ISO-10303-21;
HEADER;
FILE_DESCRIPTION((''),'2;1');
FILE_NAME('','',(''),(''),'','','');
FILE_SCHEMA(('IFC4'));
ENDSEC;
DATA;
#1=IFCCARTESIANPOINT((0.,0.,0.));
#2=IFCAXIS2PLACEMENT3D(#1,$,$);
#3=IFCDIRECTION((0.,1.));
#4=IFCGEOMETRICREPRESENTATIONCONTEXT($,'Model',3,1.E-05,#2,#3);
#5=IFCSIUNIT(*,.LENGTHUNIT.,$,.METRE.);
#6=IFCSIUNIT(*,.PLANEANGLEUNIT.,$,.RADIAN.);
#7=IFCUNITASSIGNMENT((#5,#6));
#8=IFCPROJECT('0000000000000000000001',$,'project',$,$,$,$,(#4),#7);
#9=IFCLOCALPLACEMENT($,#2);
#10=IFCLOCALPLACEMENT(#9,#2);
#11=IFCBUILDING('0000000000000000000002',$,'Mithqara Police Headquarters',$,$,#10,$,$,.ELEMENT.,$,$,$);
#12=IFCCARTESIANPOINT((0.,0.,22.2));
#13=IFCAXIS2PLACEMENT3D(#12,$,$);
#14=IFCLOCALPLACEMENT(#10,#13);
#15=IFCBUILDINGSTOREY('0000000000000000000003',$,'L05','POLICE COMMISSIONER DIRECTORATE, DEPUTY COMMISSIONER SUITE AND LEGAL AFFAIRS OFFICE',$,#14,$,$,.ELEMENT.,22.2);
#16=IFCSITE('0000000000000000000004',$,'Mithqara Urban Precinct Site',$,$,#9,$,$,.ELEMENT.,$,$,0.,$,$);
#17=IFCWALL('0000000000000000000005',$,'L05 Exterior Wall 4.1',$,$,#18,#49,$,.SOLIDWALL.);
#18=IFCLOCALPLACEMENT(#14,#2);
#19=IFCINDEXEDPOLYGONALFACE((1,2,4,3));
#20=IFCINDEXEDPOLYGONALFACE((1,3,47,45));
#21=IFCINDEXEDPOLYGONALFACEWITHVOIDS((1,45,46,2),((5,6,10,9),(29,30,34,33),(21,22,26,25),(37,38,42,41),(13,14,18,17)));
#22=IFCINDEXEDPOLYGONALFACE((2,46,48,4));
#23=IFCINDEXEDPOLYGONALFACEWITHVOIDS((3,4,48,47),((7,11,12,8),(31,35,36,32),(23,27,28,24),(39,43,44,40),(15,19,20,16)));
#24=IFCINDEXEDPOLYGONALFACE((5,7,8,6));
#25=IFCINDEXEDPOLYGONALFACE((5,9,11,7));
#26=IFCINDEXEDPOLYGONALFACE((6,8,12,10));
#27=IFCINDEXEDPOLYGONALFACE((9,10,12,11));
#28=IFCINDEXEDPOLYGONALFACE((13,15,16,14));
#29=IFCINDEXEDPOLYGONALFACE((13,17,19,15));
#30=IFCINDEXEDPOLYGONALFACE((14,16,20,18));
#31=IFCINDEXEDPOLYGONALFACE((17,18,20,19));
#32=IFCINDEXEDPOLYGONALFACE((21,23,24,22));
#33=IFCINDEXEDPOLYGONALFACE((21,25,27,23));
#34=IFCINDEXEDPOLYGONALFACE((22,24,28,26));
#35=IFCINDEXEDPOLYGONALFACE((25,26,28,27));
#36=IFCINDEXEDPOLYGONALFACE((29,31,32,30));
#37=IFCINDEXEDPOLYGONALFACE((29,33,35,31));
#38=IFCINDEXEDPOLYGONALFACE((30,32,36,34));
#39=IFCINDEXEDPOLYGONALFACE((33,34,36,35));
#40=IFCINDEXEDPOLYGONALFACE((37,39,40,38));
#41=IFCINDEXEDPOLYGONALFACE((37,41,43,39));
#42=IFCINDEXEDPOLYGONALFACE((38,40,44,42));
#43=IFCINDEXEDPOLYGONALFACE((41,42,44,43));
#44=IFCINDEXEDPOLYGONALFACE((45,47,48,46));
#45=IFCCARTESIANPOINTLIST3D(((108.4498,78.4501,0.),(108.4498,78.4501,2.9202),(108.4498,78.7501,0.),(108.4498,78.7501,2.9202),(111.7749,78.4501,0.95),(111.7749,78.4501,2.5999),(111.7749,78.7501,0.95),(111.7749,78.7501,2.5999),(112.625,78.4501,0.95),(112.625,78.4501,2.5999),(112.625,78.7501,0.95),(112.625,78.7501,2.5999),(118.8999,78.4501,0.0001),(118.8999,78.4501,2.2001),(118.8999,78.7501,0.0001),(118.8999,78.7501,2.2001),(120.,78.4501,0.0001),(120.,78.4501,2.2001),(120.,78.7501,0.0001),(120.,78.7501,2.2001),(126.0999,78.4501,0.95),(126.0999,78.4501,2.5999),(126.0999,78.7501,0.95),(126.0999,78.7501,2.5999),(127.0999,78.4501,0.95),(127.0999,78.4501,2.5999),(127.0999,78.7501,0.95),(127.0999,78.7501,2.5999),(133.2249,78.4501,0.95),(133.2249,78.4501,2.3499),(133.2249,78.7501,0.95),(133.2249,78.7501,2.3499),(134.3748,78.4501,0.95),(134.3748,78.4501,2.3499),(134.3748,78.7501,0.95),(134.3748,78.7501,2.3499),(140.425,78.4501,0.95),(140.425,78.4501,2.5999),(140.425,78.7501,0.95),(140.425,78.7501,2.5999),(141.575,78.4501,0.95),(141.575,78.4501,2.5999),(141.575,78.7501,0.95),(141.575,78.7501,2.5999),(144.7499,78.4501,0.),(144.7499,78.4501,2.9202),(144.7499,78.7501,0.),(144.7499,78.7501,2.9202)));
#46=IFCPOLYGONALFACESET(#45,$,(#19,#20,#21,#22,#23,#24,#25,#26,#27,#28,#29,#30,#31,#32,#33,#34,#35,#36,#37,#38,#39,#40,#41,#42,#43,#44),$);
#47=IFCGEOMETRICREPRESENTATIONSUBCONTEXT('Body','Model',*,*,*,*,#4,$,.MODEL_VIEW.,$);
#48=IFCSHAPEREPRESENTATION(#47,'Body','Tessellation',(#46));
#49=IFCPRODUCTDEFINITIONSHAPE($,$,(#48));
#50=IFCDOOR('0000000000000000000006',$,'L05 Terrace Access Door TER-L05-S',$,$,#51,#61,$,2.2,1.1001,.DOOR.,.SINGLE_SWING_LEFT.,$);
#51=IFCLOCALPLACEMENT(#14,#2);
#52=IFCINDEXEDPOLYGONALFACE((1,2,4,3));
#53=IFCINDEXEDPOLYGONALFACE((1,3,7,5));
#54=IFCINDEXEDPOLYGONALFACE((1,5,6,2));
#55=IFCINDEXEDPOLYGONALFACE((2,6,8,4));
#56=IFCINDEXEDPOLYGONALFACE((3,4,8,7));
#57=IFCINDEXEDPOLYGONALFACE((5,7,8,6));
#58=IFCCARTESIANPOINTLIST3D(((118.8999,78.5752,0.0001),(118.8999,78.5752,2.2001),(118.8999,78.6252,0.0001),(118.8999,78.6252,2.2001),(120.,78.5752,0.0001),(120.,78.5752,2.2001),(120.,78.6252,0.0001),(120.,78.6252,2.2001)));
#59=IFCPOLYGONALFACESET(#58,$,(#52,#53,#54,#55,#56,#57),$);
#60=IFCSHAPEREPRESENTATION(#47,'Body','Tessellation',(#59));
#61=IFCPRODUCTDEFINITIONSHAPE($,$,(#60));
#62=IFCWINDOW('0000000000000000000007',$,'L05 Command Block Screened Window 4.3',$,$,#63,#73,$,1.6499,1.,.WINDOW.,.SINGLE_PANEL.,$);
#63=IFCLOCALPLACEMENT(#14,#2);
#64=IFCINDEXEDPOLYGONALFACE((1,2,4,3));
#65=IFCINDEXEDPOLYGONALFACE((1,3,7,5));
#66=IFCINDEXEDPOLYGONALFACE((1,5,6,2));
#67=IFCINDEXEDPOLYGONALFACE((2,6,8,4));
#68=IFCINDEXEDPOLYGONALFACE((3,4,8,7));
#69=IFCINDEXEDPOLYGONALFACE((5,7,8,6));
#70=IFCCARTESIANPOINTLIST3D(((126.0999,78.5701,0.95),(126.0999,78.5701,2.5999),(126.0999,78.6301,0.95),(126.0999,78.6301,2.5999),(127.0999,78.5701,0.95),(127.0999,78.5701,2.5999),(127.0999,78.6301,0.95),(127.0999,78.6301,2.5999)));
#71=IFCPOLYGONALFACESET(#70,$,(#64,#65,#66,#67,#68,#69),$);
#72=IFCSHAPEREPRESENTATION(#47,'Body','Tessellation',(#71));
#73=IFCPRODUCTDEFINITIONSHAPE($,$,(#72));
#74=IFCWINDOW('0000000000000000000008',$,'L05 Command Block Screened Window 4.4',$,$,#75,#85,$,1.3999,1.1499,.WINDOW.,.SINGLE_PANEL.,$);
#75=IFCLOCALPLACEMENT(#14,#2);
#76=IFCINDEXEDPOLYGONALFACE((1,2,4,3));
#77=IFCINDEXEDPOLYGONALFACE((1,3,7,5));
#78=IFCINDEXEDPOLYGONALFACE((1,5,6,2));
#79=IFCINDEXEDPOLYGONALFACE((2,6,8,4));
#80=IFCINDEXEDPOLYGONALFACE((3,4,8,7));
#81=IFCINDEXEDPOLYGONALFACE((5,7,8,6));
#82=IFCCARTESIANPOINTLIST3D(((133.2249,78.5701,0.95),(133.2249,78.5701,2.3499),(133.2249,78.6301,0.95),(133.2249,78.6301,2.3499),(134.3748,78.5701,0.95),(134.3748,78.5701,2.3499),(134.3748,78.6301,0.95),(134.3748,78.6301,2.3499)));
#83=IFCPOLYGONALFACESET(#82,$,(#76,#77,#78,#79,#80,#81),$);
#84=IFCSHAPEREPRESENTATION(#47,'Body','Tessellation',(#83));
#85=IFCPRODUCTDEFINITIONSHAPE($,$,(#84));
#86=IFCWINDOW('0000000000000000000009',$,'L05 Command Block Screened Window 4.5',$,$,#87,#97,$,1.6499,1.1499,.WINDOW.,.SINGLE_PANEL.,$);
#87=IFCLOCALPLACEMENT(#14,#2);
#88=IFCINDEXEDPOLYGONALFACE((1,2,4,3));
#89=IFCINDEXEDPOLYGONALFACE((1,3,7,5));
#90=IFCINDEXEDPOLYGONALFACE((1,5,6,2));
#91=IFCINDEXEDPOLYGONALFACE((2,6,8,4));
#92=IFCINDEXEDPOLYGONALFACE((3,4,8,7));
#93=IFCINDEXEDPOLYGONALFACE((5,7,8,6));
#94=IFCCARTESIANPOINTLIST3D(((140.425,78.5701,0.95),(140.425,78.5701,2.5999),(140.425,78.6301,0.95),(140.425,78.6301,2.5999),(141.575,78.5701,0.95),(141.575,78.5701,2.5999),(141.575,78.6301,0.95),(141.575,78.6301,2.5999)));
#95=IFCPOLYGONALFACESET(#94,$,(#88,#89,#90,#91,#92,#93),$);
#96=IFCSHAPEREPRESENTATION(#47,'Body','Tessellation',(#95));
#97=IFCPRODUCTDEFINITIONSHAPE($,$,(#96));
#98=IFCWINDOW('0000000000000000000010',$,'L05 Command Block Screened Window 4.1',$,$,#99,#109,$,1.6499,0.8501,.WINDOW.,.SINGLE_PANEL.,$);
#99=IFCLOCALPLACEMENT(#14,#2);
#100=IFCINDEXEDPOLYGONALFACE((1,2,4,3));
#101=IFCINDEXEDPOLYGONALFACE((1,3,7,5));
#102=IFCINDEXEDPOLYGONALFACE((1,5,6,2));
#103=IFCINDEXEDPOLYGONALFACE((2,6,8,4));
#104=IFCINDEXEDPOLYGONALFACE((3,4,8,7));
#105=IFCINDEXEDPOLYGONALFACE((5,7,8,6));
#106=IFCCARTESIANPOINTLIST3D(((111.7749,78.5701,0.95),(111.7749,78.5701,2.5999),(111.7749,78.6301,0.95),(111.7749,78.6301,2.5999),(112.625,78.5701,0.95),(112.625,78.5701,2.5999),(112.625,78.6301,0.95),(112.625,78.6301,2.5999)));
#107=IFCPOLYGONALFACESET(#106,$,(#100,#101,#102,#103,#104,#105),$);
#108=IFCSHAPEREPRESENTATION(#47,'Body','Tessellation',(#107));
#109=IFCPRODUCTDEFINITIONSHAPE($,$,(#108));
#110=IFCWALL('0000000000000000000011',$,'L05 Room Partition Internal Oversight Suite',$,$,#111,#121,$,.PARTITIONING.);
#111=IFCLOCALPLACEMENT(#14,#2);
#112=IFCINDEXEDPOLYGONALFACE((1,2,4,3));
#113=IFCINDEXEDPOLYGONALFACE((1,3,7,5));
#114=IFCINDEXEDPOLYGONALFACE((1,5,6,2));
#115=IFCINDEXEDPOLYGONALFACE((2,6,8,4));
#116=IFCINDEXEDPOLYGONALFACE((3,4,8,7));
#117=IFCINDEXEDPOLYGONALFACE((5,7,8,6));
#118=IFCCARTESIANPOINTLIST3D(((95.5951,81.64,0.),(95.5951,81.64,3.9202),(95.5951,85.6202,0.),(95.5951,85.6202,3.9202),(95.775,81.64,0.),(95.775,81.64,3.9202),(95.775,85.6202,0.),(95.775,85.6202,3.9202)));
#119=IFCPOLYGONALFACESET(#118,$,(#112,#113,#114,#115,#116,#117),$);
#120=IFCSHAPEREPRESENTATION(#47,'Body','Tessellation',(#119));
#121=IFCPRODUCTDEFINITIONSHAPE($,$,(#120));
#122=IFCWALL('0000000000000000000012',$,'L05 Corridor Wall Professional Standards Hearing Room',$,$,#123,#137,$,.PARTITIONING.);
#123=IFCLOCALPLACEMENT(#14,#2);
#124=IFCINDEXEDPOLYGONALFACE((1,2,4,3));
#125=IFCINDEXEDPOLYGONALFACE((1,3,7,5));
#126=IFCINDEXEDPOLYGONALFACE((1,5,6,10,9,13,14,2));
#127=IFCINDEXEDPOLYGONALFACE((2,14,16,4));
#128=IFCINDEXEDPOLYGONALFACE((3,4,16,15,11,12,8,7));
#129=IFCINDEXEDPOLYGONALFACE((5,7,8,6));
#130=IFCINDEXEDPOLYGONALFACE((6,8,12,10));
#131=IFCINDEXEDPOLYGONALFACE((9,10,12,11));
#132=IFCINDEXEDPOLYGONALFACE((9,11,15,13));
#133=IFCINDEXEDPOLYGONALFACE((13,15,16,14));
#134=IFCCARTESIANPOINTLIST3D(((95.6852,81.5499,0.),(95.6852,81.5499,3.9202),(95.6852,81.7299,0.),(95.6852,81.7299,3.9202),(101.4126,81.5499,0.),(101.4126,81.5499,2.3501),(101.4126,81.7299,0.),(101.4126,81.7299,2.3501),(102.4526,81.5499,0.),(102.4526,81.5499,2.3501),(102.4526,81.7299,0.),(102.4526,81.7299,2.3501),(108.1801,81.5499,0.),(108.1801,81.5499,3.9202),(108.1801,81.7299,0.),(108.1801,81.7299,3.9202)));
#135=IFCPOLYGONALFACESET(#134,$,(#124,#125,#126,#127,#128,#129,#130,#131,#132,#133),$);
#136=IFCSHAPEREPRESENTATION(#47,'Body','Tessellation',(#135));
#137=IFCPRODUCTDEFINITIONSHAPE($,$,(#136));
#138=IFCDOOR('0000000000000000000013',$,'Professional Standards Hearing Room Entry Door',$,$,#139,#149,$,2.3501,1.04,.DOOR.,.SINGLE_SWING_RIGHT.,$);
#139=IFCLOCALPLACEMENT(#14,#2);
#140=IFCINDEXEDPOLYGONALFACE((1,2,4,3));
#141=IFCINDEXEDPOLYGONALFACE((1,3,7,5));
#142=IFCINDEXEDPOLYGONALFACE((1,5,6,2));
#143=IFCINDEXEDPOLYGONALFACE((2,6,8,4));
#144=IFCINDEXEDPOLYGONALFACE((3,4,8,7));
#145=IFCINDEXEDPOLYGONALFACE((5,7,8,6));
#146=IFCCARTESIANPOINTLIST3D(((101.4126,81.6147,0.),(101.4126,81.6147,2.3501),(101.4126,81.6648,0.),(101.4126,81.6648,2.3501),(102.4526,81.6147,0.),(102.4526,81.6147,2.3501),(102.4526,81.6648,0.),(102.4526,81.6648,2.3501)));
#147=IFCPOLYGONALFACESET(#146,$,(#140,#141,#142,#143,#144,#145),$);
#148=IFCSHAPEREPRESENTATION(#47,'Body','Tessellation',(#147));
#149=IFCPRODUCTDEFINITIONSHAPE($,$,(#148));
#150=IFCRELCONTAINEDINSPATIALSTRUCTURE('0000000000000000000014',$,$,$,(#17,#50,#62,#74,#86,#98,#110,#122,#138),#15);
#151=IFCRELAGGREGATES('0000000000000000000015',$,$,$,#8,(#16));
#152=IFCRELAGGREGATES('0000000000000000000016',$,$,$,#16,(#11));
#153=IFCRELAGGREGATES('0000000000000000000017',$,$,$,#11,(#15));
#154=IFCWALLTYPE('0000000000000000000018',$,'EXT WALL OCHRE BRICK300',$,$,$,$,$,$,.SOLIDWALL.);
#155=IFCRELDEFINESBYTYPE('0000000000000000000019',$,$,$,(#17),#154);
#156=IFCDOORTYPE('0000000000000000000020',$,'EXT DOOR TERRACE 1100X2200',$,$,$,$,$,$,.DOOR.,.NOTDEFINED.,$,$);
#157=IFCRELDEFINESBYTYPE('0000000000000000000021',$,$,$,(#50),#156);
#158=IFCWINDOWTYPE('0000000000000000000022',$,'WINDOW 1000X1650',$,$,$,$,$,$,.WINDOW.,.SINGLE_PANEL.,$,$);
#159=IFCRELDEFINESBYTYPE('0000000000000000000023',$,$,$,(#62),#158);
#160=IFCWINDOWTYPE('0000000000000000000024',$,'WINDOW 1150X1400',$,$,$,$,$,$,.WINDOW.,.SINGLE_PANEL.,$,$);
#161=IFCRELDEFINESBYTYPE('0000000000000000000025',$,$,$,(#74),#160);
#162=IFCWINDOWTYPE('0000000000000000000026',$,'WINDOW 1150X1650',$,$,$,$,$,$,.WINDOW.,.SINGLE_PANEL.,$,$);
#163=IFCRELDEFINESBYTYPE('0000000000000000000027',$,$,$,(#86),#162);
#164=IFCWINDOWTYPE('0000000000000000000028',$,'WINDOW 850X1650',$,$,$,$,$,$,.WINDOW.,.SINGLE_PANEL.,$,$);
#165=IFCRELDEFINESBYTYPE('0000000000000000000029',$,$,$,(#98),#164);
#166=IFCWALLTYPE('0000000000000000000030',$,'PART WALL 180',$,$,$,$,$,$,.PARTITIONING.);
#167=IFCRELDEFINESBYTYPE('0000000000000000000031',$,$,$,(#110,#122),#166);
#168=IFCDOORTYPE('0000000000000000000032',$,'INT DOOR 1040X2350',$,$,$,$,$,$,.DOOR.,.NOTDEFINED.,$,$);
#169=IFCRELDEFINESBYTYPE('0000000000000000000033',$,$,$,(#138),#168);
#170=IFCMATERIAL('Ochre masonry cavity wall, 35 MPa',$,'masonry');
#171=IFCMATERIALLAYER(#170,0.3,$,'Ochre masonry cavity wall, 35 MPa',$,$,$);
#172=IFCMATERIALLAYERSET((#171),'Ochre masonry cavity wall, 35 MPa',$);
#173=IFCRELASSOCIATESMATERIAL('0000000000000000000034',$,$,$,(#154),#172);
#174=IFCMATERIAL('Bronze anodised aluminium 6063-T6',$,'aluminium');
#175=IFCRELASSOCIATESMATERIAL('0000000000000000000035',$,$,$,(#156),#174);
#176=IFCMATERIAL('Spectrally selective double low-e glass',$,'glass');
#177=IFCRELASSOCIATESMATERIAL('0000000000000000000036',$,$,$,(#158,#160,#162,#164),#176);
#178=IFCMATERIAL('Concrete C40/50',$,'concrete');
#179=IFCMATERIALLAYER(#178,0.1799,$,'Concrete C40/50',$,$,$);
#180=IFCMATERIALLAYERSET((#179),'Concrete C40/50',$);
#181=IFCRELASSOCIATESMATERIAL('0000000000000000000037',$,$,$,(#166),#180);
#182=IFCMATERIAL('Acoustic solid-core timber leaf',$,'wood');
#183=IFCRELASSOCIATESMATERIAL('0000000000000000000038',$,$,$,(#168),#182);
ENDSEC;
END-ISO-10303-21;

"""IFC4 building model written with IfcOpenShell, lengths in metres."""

from ifc_helpers import new_model, si_unit, direction, frame, frame_2d, origin, place, context, subcontext, project, spatial, rectangle, extrude, material, layer, layer_set, type_object, element, fill, save


model = new_model("IFC4")

# Units and contexts
model_context = context("Model", 3, precision=1e-05, world=origin(), true_north=direction((0.0, 1.0)))
body_context = subcontext(model_context, "Body", "Model", "MODEL_VIEW")
ifc_project = project(units=[si_unit("LENGTHUNIT", "METRE"), si_unit("PLANEANGLEUNIT", "RADIAN")], contexts=[model_context])

# Site, building, storey
site_placement = place(None, origin())
site = spatial("IfcSite", under=ifc_project, at=site_placement, Name="Mithqara Urban Precinct Site", CompositionType="ELEMENT", RefElevation=0.0)
building_placement = place(site_placement, origin())
building = spatial("IfcBuilding", under=site, at=building_placement, Name="Mithqara Police Headquarters", CompositionType="ELEMENT")
storey_placement = place(building_placement, frame((0.0, 0.0, 22.2)))
storey = spatial("IfcBuildingStorey", under=building, at=storey_placement, Name="L05", Description="POLICE COMMISSIONER DIRECTORATE, DEPUTY COMMISSIONER SUITE AND LEGAL AFFAIRS OFFICE", CompositionType="ELEMENT", Elevation=22.2)

# Shared definitions
ifc_material_1 = material(Name="Concrete C40/50", Category="concrete")

# Wall, openings, door, windows
ifc_material_2 = material(Name="Ochre masonry cavity wall, 35 MPa", Category="masonry")
ifc_layer_1 = layer(ifc_material_2, 0.3, Name="Ochre masonry cavity wall, 35 MPa")
ifc_layer_set_1 = layer_set([ifc_layer_1], Name="Ochre masonry cavity wall, 35 MPa")
wall_type_1 = type_object("IfcWallType", Name="EXT WALL OCHRE BRICK300", PredefinedType="SOLIDWALL", material=ifc_layer_set_1)
wall_1_placement = place(storey_placement, frame((108.45, 78.6001, 0.0), z_axis=(0.0, 0.0, 1.0), x_axis=(1.0, 0.0, 0.0)))
wall_1 = element("IfcWall", 1, at=wall_1_placement, inside=storey, type_object=wall_type_1, Name="L05 Exterior Wall 4.1", PredefinedType="SOLIDWALL", context=body_context, shape_type="SweptSolid", body=[
    extrude(rectangle(XDim=36.3, YDim=0.3, at=frame_2d((18.1499, 0.0))), origin(), (0.0, 0.0, 1.0), 2.9202),
])
opening_1_placement = place(wall_1_placement, frame((10.45, 0.0, 0.0)))
opening_1 = element("IfcOpeningElement", 2, at=opening_1_placement, cuts=wall_1, PredefinedType="OPENING", context=body_context, shape_type="SweptSolid", body=[
    extrude(rectangle(XDim=1.1001, YDim=2.2, at=frame_2d((0.55, 1.1001))), frame((0.0, 0.1602, 0.0), z_axis=(0.0, -1.0, 0.0), x_axis=(1.0, 0.0, 0.0)), (0.0, 0.0, 1.0), 0.3201),
])
opening_2_placement = place(wall_1_placement, frame((3.325, 0.0, 0.95)))
opening_2 = element("IfcOpeningElement", 3, at=opening_2_placement, cuts=wall_1, PredefinedType="OPENING", context=body_context, shape_type="SweptSolid", body=[
    extrude(rectangle(XDim=0.8501, YDim=1.6499, at=frame_2d((0.425, 0.825))), frame((0.0, 0.1602, 0.0), z_axis=(0.0, -1.0, 0.0), x_axis=(1.0, 0.0, 0.0)), (0.0, 0.0, 1.0), 0.3201),
])
opening_3_placement = place(wall_1_placement, frame((17.6499, 0.0, 0.95)))
opening_3 = element("IfcOpeningElement", 4, at=opening_3_placement, cuts=wall_1, PredefinedType="OPENING", context=body_context, shape_type="SweptSolid", body=[
    extrude(rectangle(XDim=1.0, YDim=1.6499, at=frame_2d((0.5, 0.825))), frame((0.0, 0.1602, 0.0), z_axis=(0.0, -1.0, 0.0), x_axis=(1.0, 0.0, 0.0)), (0.0, 0.0, 1.0), 0.3201),
])
opening_4_placement = place(wall_1_placement, frame((24.7749, 0.0, 0.95)))
opening_4 = element("IfcOpeningElement", 5, at=opening_4_placement, cuts=wall_1, PredefinedType="OPENING", context=body_context, shape_type="SweptSolid", body=[
    extrude(rectangle(XDim=1.1499, YDim=1.3999, at=frame_2d((0.575, 0.7))), frame((0.0, 0.1602, 0.0), z_axis=(0.0, -1.0, 0.0), x_axis=(1.0, 0.0, 0.0)), (0.0, 0.0, 1.0), 0.3201),
])
opening_5_placement = place(wall_1_placement, frame((31.9751, 0.0, 0.95)))
opening_5 = element("IfcOpeningElement", 6, at=opening_5_placement, cuts=wall_1, PredefinedType="OPENING", context=body_context, shape_type="SweptSolid", body=[
    extrude(rectangle(XDim=1.1499, YDim=1.6499, at=frame_2d((0.575, 0.825))), frame((0.0, 0.1602, 0.0), z_axis=(0.0, -1.0, 0.0), x_axis=(1.0, 0.0, 0.0)), (0.0, 0.0, 1.0), 0.3201),
])
ifc_material_3 = material(Name="Bronze anodised aluminium 6063-T6", Category="aluminium")
door_type_1 = type_object("IfcDoorType", Name="EXT DOOR TERRACE 1100X2200", OperationType="NOTDEFINED", PredefinedType="DOOR", material=ifc_material_3)
door_1_placement = place(opening_1_placement, frame((1.1001, 0.0, 0.0), z_axis=(0.0, 0.0, 1.0), x_axis=(-1.0, 0.0, 0.0)))
door_1 = element("IfcDoor", 7, at=door_1_placement, inside=storey, type_object=door_type_1, Name="L05 Terrace Access Door TER-L05-S", OperationType="SINGLE_SWING_LEFT", OverallHeight=2.2, OverallWidth=1.1001, PredefinedType="DOOR", context=body_context, shape_type="SweptSolid", body=[
    extrude(rectangle(XDim=1.1001, YDim=2.2, at=frame_2d((0.55, 1.1001))), frame((0.0, 0.0249, 0.0), z_axis=(0.0, -1.0, 0.0), x_axis=(1.0, 0.0, 0.0)), (0.0, 0.0, 1.0), 0.05),
])
fill(opening_1, door_1)
ifc_material_4 = material(Name="Spectrally selective double low-e glass", Category="glass")
window_type_1 = type_object("IfcWindowType", Name="WINDOW 1000X1650", PartitioningType="SINGLE_PANEL", PredefinedType="WINDOW", material=ifc_material_4)
window_1_placement = place(opening_3_placement, origin())
window_1 = element("IfcWindow", 8, at=window_1_placement, inside=storey, type_object=window_type_1, Name="L05 Command Block Screened Window 4.3", OverallHeight=1.6499, OverallWidth=1.0, PartitioningType="SINGLE_PANEL", PredefinedType="WINDOW", context=body_context, shape_type="SweptSolid", body=[
    extrude(rectangle(XDim=1.0, YDim=1.6499, at=frame_2d((0.5, 0.825))), frame((0.0, 0.03, 0.0), z_axis=(0.0, -1.0, 0.0), x_axis=(1.0, 0.0, 0.0)), (0.0, 0.0, 1.0), 0.0601),
])
fill(opening_3, window_1)
window_type_2 = type_object("IfcWindowType", Name="WINDOW 1150X1400", PartitioningType="SINGLE_PANEL", PredefinedType="WINDOW", material=ifc_material_4)
window_2_placement = place(opening_4_placement, origin())
window_2 = element("IfcWindow", 9, at=window_2_placement, inside=storey, type_object=window_type_2, Name="L05 Command Block Screened Window 4.4", OverallHeight=1.3999, OverallWidth=1.1499, PartitioningType="SINGLE_PANEL", PredefinedType="WINDOW", context=body_context, shape_type="SweptSolid", body=[
    extrude(rectangle(XDim=1.1499, YDim=1.3999, at=frame_2d((0.575, 0.7))), frame((0.0, 0.03, 0.0), z_axis=(0.0, -1.0, 0.0), x_axis=(1.0, 0.0, 0.0)), (0.0, 0.0, 1.0), 0.0601),
])
fill(opening_4, window_2)
window_type_3 = type_object("IfcWindowType", Name="WINDOW 1150X1650", PartitioningType="SINGLE_PANEL", PredefinedType="WINDOW", material=ifc_material_4)
window_3_placement = place(opening_5_placement, origin())
window_3 = element("IfcWindow", 10, at=window_3_placement, inside=storey, type_object=window_type_3, Name="L05 Command Block Screened Window 4.5", OverallHeight=1.6499, OverallWidth=1.1499, PartitioningType="SINGLE_PANEL", PredefinedType="WINDOW", context=body_context, shape_type="SweptSolid", body=[
    extrude(rectangle(XDim=1.1499, YDim=1.6499, at=frame_2d((0.575, 0.825))), frame((0.0, 0.03, 0.0), z_axis=(0.0, -1.0, 0.0), x_axis=(1.0, 0.0, 0.0)), (0.0, 0.0, 1.0), 0.0601),
])
fill(opening_5, window_3)
window_type_4 = type_object("IfcWindowType", Name="WINDOW 850X1650", PartitioningType="SINGLE_PANEL", PredefinedType="WINDOW", material=ifc_material_4)
window_4_placement = place(opening_2_placement, origin())
window_4 = element("IfcWindow", 11, at=window_4_placement, inside=storey, type_object=window_type_4, Name="L05 Command Block Screened Window 4.1", OverallHeight=1.6499, OverallWidth=0.8501, PartitioningType="SINGLE_PANEL", PredefinedType="WINDOW", context=body_context, shape_type="SweptSolid", body=[
    extrude(rectangle(XDim=0.8501, YDim=1.6499, at=frame_2d((0.425, 0.825))), frame((0.0, 0.03, 0.0), z_axis=(0.0, -1.0, 0.0), x_axis=(1.0, 0.0, 0.0)), (0.0, 0.0, 1.0), 0.0601),
])
fill(opening_2, window_4)

# Wall
ifc_layer_2 = layer(ifc_material_1, 0.1799, Name="Concrete C40/50")
ifc_layer_set_2 = layer_set([ifc_layer_2], Name="Concrete C40/50")
wall_type_2 = type_object("IfcWallType", Name="PART WALL 180", PredefinedType="PARTITIONING", material=ifc_layer_set_2)
wall_2_placement = place(storey_placement, frame((95.6851, 81.6399, 0.0), z_axis=(0.0, 0.0, 1.0), x_axis=(0.0, 1.0, 0.0)))
element("IfcWall", 12, at=wall_2_placement, inside=storey, type_object=wall_type_2, Name="L05 Room Partition Internal Oversight Suite", PredefinedType="PARTITIONING", context=body_context, shape_type="SweptSolid", body=[
    extrude(rectangle(XDim=3.9802, YDim=0.1799, at=frame_2d((1.9902, 0.0))), origin(), (0.0, 0.0, 1.0), 3.9202),
])

# Wall, opening, door
wall_3_placement = place(storey_placement, frame((95.6851, 81.6399, 0.0), z_axis=(0.0, 0.0, 1.0), x_axis=(1.0, 0.0, 0.0)))
wall_3 = element("IfcWall", 13, at=wall_3_placement, inside=storey, type_object=wall_type_2, Name="L05 Corridor Wall Professional Standards Hearing Room", PredefinedType="PARTITIONING", context=body_context, shape_type="SweptSolid", body=[
    extrude(rectangle(XDim=12.4949, YDim=0.1799, at=frame_2d((6.2476, 0.0))), origin(), (0.0, 0.0, 1.0), 3.9202),
])
opening_6_placement = place(wall_3_placement, frame((5.7275, 0.0, 0.0)))
opening_6 = element("IfcOpeningElement", 14, at=opening_6_placement, cuts=wall_3, PredefinedType="OPENING", context=body_context, shape_type="SweptSolid", body=[
    extrude(rectangle(XDim=1.04, YDim=2.3501, at=frame_2d((0.52, 1.175))), frame((0.0, 0.1001, 0.0), z_axis=(0.0, -1.0, 0.0), x_axis=(1.0, 0.0, 0.0)), (0.0, 0.0, 1.0), 0.2),
])
ifc_material_5 = material(Name="Acoustic solid-core timber leaf", Category="wood")
door_type_2 = type_object("IfcDoorType", Name="INT DOOR 1040X2350", OperationType="NOTDEFINED", PredefinedType="DOOR", material=ifc_material_5)
door_2_placement = place(opening_6_placement, origin())
door_2 = element("IfcDoor", 15, at=door_2_placement, inside=storey, type_object=door_type_2, Name="Professional Standards Hearing Room Entry Door", OperationType="SINGLE_SWING_RIGHT", OverallHeight=2.3501, OverallWidth=1.04, PredefinedType="DOOR", context=body_context, shape_type="SweptSolid", body=[
    extrude(rectangle(XDim=1.04, YDim=2.3501, at=frame_2d((0.52, 1.175))), frame((0.0, 0.0249, 0.0), z_axis=(0.0, -1.0, 0.0), x_axis=(1.0, 0.0, 0.0)), (0.0, 0.0, 1.0), 0.05),
])
fill(opening_6, door_2)

save(model, "model.ifc")
